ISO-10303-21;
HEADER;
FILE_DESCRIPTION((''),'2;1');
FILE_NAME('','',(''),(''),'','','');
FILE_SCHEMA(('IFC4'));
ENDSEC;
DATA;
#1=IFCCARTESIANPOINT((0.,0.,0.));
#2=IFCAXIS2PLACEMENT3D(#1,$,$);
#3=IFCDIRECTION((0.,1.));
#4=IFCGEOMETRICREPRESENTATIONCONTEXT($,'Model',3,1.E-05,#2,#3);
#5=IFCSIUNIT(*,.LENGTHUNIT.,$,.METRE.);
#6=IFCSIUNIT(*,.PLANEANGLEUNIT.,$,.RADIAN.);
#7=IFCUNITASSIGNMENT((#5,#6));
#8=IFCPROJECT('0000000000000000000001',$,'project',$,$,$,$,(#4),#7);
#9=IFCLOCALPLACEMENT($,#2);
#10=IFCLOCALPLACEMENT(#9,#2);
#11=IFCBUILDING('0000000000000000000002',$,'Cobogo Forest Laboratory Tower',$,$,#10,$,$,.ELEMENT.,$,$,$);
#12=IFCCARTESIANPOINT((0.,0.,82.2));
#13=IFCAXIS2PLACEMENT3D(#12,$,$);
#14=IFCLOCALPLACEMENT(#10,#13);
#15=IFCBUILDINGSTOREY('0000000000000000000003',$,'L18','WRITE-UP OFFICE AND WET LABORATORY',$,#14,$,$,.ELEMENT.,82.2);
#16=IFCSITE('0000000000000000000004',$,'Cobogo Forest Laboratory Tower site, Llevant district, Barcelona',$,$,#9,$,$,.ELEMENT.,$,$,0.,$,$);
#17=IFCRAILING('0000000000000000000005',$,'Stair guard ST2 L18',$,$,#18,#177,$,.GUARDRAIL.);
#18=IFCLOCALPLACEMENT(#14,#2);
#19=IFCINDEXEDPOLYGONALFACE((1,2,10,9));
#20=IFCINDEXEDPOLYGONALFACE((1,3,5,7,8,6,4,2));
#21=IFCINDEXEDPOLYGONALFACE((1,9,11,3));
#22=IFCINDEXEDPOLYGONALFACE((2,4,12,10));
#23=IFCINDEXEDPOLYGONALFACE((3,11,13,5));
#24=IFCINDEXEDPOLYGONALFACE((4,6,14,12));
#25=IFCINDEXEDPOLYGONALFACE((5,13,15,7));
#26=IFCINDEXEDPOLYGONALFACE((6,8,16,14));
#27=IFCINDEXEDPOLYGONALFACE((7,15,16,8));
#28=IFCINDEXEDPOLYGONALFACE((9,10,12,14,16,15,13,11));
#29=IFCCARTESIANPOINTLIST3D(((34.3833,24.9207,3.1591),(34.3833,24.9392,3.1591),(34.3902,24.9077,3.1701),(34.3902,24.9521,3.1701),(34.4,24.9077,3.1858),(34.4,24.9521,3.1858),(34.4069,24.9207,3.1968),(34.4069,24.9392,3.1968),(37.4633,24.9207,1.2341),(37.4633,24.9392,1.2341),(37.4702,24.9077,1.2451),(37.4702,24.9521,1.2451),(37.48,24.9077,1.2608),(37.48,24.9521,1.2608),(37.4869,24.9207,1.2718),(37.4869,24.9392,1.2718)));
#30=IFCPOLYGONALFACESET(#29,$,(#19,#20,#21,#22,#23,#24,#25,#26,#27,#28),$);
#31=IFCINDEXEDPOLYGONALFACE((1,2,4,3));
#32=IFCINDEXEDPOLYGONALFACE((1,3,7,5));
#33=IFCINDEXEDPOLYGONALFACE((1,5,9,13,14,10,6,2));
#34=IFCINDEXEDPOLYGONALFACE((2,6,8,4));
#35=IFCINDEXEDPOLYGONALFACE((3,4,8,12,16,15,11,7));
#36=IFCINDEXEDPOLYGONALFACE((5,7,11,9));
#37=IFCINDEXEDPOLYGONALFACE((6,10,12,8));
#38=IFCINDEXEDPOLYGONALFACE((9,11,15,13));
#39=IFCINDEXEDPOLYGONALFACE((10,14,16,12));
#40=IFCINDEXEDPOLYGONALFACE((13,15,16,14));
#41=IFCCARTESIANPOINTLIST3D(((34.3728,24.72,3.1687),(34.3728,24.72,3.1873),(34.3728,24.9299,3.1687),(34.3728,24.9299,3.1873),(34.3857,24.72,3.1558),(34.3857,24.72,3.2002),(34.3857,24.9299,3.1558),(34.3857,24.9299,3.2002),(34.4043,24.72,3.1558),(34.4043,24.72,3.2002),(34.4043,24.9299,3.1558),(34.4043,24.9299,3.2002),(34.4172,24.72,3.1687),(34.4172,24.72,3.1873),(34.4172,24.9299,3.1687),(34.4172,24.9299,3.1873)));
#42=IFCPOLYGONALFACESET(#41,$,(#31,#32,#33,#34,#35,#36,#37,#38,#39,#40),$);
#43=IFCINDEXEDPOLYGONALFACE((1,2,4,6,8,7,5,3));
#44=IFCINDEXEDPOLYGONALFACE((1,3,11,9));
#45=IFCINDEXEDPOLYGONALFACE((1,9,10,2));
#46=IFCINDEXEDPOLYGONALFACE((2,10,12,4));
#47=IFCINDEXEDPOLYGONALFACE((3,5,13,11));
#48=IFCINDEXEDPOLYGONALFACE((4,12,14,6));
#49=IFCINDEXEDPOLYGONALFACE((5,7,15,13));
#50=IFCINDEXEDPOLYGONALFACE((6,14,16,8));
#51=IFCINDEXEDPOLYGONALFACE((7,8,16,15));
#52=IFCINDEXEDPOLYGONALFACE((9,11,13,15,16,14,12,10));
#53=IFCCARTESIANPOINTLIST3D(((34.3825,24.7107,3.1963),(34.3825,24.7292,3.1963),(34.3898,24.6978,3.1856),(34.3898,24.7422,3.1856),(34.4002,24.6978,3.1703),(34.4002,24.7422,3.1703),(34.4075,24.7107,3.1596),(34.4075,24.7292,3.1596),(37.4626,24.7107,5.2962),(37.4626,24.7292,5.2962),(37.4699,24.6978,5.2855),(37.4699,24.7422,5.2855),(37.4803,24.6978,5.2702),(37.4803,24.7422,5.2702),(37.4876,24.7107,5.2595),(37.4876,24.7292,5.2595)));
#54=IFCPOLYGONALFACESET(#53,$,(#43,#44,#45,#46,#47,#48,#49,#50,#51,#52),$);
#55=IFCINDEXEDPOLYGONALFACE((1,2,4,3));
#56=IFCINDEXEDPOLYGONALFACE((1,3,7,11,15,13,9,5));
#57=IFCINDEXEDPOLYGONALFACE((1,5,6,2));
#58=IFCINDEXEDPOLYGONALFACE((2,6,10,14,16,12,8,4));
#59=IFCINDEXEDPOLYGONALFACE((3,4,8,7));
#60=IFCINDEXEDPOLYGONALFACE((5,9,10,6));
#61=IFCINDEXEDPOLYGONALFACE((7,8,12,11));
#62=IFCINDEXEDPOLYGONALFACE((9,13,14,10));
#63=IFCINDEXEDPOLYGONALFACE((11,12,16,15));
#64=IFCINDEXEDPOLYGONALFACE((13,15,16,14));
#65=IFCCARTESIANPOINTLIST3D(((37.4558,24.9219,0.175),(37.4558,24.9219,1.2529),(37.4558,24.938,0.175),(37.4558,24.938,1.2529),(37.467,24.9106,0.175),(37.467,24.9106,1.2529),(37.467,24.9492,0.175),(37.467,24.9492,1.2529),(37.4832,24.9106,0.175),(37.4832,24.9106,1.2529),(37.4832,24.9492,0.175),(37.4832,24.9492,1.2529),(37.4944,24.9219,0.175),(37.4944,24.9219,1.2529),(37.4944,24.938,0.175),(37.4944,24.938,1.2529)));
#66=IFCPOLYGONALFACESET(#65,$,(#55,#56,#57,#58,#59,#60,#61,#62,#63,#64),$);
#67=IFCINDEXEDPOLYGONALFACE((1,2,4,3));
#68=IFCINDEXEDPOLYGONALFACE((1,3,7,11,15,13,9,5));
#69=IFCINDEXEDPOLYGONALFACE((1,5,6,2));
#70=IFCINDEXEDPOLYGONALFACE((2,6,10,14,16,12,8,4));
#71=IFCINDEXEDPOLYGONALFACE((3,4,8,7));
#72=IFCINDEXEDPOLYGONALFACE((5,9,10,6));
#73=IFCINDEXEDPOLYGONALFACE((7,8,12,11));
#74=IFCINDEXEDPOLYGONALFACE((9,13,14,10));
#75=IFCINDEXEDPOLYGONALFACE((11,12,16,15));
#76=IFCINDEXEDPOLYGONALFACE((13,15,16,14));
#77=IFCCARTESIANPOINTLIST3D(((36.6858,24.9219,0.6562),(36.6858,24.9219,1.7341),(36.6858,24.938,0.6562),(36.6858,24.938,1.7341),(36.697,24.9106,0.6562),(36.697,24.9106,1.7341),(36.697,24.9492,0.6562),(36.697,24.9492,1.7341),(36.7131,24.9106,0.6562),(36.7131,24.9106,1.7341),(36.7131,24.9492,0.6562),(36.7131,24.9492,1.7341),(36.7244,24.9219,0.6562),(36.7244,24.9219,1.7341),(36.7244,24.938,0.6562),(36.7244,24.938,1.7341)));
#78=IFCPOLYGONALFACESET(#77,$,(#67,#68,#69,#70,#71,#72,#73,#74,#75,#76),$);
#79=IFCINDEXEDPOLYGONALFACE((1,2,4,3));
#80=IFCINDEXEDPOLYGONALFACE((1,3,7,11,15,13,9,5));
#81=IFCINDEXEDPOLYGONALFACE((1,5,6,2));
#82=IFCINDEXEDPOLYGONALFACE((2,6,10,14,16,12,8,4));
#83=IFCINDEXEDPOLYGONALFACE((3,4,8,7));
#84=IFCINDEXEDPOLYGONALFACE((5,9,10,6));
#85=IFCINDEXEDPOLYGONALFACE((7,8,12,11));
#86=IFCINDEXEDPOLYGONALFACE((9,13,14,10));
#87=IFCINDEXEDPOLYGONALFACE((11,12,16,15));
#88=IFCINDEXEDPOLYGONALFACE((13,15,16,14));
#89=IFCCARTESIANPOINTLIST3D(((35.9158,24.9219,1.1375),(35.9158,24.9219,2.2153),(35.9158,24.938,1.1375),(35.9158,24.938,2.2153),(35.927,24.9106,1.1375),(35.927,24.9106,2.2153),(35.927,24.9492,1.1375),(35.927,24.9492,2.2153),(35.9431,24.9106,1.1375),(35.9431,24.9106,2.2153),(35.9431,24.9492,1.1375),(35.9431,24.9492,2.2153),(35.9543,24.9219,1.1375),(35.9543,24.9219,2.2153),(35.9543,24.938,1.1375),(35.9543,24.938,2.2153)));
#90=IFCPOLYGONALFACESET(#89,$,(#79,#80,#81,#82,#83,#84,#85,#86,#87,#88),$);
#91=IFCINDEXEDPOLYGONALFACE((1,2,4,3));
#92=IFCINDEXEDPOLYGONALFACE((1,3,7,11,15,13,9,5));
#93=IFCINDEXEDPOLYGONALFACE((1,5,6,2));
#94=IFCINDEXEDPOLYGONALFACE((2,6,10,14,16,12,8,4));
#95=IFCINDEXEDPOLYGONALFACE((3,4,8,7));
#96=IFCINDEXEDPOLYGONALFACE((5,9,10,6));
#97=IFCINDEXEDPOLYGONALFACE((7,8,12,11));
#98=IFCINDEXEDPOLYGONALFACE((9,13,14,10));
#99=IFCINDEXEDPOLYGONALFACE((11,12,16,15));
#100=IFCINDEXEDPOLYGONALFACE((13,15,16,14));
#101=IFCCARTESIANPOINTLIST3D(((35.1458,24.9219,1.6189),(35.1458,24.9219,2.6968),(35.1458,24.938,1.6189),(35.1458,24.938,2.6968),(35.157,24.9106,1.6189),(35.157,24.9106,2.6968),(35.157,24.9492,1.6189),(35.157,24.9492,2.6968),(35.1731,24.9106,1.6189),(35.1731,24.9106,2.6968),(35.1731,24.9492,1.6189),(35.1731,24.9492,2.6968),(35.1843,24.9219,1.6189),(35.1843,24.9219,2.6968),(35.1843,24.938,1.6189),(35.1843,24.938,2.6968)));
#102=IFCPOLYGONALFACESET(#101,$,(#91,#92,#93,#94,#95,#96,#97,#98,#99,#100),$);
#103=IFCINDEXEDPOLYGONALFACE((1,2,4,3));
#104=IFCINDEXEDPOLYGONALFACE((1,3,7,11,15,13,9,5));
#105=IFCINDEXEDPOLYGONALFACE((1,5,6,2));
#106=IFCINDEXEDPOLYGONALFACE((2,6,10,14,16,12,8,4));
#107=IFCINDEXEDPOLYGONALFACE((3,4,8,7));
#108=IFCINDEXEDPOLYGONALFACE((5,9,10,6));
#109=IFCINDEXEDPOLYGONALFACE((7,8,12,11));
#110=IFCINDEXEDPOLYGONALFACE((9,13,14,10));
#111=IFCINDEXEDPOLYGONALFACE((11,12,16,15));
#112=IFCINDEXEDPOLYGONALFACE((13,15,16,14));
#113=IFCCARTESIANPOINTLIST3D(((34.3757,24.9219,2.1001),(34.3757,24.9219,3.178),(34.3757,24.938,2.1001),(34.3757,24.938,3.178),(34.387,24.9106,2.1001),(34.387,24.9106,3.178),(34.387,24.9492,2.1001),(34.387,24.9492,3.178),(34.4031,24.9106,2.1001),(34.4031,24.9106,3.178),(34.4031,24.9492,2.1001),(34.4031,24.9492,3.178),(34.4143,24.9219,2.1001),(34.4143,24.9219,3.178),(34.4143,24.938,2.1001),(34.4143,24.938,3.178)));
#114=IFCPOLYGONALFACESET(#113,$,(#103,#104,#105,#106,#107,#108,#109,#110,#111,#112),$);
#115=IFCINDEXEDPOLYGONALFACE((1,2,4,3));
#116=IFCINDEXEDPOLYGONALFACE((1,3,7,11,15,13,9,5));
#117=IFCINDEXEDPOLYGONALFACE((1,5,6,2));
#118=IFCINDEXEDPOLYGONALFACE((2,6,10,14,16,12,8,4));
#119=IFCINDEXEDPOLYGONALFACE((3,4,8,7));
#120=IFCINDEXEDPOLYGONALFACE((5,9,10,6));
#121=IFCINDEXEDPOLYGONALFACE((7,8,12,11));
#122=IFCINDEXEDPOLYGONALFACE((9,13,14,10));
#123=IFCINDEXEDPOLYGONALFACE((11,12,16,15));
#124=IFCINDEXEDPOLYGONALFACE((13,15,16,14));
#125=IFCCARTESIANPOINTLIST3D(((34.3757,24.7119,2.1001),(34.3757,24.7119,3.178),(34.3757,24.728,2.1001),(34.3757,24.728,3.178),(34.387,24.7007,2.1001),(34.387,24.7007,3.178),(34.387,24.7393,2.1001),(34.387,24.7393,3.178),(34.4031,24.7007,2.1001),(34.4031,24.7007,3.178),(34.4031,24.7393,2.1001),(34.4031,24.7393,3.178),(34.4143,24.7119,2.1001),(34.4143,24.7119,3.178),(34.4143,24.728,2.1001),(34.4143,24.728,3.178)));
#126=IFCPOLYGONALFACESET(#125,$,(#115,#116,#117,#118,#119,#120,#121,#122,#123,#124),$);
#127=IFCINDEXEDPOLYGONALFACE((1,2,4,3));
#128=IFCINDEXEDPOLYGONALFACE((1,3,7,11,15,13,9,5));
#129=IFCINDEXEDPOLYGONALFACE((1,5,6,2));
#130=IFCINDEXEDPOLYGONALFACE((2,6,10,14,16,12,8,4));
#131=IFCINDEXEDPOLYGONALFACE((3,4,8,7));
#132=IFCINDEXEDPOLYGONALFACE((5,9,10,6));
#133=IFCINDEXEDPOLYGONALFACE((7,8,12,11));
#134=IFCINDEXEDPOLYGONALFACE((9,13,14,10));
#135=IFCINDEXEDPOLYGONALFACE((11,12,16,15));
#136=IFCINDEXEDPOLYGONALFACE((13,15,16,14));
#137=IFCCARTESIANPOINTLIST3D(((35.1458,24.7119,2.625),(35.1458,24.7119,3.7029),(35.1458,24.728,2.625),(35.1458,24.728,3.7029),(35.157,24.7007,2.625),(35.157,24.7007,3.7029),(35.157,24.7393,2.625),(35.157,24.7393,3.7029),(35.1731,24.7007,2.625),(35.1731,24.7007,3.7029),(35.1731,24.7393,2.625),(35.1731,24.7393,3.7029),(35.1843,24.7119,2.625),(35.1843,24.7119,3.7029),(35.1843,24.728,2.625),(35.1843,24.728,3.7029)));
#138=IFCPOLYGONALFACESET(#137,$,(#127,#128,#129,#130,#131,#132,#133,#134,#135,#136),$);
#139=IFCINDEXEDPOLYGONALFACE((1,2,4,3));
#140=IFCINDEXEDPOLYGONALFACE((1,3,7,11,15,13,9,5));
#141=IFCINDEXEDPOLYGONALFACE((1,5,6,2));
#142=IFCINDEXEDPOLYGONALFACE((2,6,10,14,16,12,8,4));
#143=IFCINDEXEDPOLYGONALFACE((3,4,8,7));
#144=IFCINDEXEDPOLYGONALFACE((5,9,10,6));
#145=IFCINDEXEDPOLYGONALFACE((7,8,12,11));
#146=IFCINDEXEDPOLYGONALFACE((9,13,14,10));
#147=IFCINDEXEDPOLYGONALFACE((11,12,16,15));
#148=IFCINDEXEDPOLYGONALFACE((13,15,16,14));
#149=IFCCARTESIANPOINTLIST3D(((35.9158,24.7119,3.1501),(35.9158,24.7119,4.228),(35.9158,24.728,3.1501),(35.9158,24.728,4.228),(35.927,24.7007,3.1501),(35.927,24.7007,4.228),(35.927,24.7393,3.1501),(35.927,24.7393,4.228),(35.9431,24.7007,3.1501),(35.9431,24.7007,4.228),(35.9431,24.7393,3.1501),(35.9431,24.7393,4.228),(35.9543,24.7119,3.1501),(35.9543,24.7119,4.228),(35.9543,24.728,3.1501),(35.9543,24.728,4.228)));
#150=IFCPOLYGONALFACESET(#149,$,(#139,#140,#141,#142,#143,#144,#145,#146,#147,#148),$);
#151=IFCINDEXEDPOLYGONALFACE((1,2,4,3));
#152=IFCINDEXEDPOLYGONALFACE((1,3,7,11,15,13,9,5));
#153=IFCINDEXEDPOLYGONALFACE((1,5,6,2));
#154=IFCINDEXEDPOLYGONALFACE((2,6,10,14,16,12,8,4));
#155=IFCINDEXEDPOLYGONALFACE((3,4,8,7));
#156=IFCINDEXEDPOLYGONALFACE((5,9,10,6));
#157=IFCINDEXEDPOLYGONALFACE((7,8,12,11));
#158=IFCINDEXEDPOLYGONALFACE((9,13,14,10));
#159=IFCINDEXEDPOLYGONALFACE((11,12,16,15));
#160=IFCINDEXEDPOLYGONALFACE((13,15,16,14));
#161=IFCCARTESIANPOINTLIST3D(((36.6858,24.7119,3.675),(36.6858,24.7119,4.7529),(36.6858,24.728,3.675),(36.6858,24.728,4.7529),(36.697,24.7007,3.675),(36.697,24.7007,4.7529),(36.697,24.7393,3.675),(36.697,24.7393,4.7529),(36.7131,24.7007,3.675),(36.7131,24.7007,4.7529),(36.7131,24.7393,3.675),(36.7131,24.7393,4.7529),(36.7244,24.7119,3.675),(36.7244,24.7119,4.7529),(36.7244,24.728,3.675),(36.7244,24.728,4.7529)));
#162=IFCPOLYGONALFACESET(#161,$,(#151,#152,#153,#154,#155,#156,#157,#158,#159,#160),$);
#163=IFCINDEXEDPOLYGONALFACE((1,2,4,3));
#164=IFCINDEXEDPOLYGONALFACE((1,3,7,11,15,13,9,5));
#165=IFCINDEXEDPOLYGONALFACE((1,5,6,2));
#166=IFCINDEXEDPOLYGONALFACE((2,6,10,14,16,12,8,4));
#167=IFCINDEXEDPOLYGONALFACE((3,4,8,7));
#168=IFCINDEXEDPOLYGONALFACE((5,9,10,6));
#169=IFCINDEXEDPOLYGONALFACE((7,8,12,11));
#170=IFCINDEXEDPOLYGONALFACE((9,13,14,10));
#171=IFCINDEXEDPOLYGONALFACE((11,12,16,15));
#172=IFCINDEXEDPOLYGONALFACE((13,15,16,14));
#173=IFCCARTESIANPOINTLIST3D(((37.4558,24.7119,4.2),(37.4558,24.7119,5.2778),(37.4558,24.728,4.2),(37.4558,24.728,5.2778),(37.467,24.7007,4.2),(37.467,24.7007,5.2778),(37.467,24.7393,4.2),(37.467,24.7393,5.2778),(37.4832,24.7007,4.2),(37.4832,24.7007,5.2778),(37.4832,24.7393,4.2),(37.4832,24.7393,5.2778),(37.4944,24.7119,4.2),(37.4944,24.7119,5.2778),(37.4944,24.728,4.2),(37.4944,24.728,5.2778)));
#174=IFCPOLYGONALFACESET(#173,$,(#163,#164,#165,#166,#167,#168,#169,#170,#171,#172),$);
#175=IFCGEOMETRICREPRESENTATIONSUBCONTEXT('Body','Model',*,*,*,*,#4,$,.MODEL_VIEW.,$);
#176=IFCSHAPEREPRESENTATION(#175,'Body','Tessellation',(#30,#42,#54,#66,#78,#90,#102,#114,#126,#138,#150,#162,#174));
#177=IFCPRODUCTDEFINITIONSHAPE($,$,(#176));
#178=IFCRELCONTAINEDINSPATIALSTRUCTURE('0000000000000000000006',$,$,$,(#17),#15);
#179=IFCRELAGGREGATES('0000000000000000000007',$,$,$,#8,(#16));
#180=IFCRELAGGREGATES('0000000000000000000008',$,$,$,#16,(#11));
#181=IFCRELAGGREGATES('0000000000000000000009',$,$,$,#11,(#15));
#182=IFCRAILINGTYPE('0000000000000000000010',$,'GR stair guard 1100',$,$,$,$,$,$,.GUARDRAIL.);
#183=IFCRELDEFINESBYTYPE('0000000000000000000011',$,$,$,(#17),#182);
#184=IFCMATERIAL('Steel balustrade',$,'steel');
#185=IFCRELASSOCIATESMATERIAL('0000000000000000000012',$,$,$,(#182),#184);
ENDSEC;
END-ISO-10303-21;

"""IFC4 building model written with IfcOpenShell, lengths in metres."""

from ifc_helpers import new_model, si_unit, direction, frame, origin, place, context, subcontext, project, spatial, polyline, outline, extrude, material, type_object, element, save


model = new_model("IFC4")

# Units and contexts
model_context = context("Model", 3, precision=1e-05, world=origin(), true_north=direction((0.0, 1.0)))
body_context = subcontext(model_context, "Body", "Model", "MODEL_VIEW")
ifc_project = project(units=[si_unit("LENGTHUNIT", "METRE"), si_unit("PLANEANGLEUNIT", "RADIAN")], contexts=[model_context])

# Site, building, storey
site_placement = place(None, origin())
site = spatial("IfcSite", under=ifc_project, at=site_placement, Name="Cobogo Forest Laboratory Tower site, Llevant district, Barcelona", CompositionType="ELEMENT", RefElevation=0.0)
building_placement = place(site_placement, origin())
building = spatial("IfcBuilding", under=site, at=building_placement, Name="Cobogo Forest Laboratory Tower", CompositionType="ELEMENT")
storey_placement = place(building_placement, frame((0.0, 0.0, 82.2)))
storey = spatial("IfcBuildingStorey", under=building, at=storey_placement, Name="L18", Description="WRITE-UP OFFICE AND WET LABORATORY", CompositionType="ELEMENT", Elevation=82.2)

# Railing
ifc_material_1 = material(Name="Steel balustrade", Category="steel")
railing_type_1 = type_object("IfcRailingType", Name="GR stair guard 1100", PredefinedType="GUARDRAIL", material=ifc_material_1)
railing_1_placement = place(storey_placement, frame((37.4751, 24.9299, 0.175)))
element("IfcRailing", 1, at=railing_1_placement, inside=storey, type_object=railing_type_1, Name="Stair guard ST2 L18", PredefinedType="GUARDRAIL", context=body_context, shape_type="SweptSolid", body=[
    extrude(outline(polyline([(0.0222, 0.0093), (0.0093, 0.0222), (-0.0093, 0.0222), (-0.0222, 0.0093), (-0.0222, -0.0093), (-0.0093, -0.0222), (0.0093, -0.0222), (0.0222, -0.0093), (0.0222, 0.0093)])), frame((0.0, 0.0, 1.0779), z_axis=(-0.847998, 0.0, 0.529999), x_axis=(0.0, -1.0, 0.0)), (0.0, 0.0, 1.0), 3.6321),
    extrude(outline(polyline([(0.0222, 0.0093), (0.0093, 0.0222), (-0.0093, 0.0222), (-0.0222, 0.0093), (-0.0222, -0.0093), (-0.0093, -0.0222), (0.0093, -0.0222), (0.0222, -0.0093), (0.0222, 0.0093)])), frame((-3.0801, 0.0, 3.0029), z_axis=(0.0, -1.0, 0.0), x_axis=(1.0, 0.0, 0.0)), (0.0, 0.0, 1.0), 0.21),
    extrude(outline(polyline([(0.0222, 0.0093), (0.0093, 0.0222), (-0.0093, 0.0222), (-0.0222, 0.0093), (-0.0222, -0.0093), (-0.0093, -0.0222), (0.0093, -0.0222), (0.0222, -0.0093), (0.0222, 0.0093)])), frame((-3.0801, -0.21, 3.0029), z_axis=(0.826252, 0.0, 0.5633), x_axis=(0.0, 1.0, 0.0)), (0.0, 0.0, 1.0), 3.7278),
    extrude(outline(polyline([(0.0193, 0.0081), (0.0081, 0.0193), (-0.0081, 0.0193), (-0.0193, 0.0081), (-0.0193, -0.0081), (-0.0081, -0.0193), (0.0081, -0.0193), (0.0193, -0.0081), (0.0193, 0.0081)])), origin(), (0.0, 0.0, 1.0), 1.0779),
    extrude(outline(polyline([(0.0193, 0.0081), (0.0081, 0.0193), (-0.0081, 0.0193), (-0.0193, 0.0081), (-0.0193, -0.0081), (-0.0081, -0.0193), (0.0081, -0.0193), (0.0193, -0.0081), (0.0193, 0.0081)])), frame((-0.77, 0.0, 0.4812)), (0.0, 0.0, 1.0), 1.0779),
    extrude(outline(polyline([(0.0193, 0.0081), (0.0081, 0.0193), (-0.0081, 0.0193), (-0.0193, 0.0081), (-0.0193, -0.0081), (-0.0081, -0.0193), (0.0081, -0.0193), (0.0193, -0.0081), (0.0193, 0.0081)])), frame((-1.54, 0.0, 0.9624)), (0.0, 0.0, 1.0), 1.0779),
    extrude(outline(polyline([(0.0193, 0.0081), (0.0081, 0.0193), (-0.0081, 0.0193), (-0.0193, 0.0081), (-0.0193, -0.0081), (-0.0081, -0.0193), (0.0081, -0.0193), (0.0193, -0.0081), (0.0193, 0.0081)])), frame((-2.3101, 0.0, 1.4438)), (0.0, 0.0, 1.0), 1.0779),
    extrude(outline(polyline([(0.0193, 0.0081), (0.0081, 0.0193), (-0.0081, 0.0193), (-0.0193, 0.0081), (-0.0193, -0.0081), (-0.0081, -0.0193), (0.0081, -0.0193), (0.0193, -0.0081), (0.0193, 0.0081)])), frame((-3.0801, 0.0, 1.925)), (0.0, 0.0, 1.0), 1.0779),
    extrude(outline(polyline([(0.0193, 0.0081), (0.0081, 0.0193), (-0.0081, 0.0193), (-0.0193, 0.0081), (-0.0193, -0.0081), (-0.0081, -0.0193), (0.0081, -0.0193), (0.0193, -0.0081), (0.0193, 0.0081)])), frame((-3.0801, -0.21, 1.925)), (0.0, 0.0, 1.0), 1.0779),
    extrude(outline(polyline([(0.0193, 0.0081), (0.0081, 0.0193), (-0.0081, 0.0193), (-0.0193, 0.0081), (-0.0193, -0.0081), (-0.0081, -0.0193), (0.0081, -0.0193), (0.0193, -0.0081), (0.0193, 0.0081)])), frame((-2.3101, -0.21, 2.45)), (0.0, 0.0, 1.0), 1.0779),
    extrude(outline(polyline([(0.0193, 0.0081), (0.0081, 0.0193), (-0.0081, 0.0193), (-0.0193, 0.0081), (-0.0193, -0.0081), (-0.0081, -0.0193), (0.0081, -0.0193), (0.0193, -0.0081), (0.0193, 0.0081)])), frame((-1.54, -0.21, 2.9751)), (0.0, 0.0, 1.0), 1.0779),
    extrude(outline(polyline([(0.0193, 0.0081), (0.0081, 0.0193), (-0.0081, 0.0193), (-0.0193, 0.0081), (-0.0193, -0.0081), (-0.0081, -0.0193), (0.0081, -0.0193), (0.0193, -0.0081), (0.0193, 0.0081)])), frame((-0.77, -0.21, 3.5)), (0.0, 0.0, 1.0), 1.0779),
    extrude(outline(polyline([(0.0193, 0.0081), (0.0081, 0.0193), (-0.0081, 0.0193), (-0.0193, 0.0081), (-0.0193, -0.0081), (-0.0081, -0.0193), (0.0081, -0.0193), (0.0193, -0.0081), (0.0193, 0.0081)])), frame((0.0, -0.21, 4.0249)), (0.0, 0.0, 1.0), 1.0779),
])

save(model, "model.ifc")
